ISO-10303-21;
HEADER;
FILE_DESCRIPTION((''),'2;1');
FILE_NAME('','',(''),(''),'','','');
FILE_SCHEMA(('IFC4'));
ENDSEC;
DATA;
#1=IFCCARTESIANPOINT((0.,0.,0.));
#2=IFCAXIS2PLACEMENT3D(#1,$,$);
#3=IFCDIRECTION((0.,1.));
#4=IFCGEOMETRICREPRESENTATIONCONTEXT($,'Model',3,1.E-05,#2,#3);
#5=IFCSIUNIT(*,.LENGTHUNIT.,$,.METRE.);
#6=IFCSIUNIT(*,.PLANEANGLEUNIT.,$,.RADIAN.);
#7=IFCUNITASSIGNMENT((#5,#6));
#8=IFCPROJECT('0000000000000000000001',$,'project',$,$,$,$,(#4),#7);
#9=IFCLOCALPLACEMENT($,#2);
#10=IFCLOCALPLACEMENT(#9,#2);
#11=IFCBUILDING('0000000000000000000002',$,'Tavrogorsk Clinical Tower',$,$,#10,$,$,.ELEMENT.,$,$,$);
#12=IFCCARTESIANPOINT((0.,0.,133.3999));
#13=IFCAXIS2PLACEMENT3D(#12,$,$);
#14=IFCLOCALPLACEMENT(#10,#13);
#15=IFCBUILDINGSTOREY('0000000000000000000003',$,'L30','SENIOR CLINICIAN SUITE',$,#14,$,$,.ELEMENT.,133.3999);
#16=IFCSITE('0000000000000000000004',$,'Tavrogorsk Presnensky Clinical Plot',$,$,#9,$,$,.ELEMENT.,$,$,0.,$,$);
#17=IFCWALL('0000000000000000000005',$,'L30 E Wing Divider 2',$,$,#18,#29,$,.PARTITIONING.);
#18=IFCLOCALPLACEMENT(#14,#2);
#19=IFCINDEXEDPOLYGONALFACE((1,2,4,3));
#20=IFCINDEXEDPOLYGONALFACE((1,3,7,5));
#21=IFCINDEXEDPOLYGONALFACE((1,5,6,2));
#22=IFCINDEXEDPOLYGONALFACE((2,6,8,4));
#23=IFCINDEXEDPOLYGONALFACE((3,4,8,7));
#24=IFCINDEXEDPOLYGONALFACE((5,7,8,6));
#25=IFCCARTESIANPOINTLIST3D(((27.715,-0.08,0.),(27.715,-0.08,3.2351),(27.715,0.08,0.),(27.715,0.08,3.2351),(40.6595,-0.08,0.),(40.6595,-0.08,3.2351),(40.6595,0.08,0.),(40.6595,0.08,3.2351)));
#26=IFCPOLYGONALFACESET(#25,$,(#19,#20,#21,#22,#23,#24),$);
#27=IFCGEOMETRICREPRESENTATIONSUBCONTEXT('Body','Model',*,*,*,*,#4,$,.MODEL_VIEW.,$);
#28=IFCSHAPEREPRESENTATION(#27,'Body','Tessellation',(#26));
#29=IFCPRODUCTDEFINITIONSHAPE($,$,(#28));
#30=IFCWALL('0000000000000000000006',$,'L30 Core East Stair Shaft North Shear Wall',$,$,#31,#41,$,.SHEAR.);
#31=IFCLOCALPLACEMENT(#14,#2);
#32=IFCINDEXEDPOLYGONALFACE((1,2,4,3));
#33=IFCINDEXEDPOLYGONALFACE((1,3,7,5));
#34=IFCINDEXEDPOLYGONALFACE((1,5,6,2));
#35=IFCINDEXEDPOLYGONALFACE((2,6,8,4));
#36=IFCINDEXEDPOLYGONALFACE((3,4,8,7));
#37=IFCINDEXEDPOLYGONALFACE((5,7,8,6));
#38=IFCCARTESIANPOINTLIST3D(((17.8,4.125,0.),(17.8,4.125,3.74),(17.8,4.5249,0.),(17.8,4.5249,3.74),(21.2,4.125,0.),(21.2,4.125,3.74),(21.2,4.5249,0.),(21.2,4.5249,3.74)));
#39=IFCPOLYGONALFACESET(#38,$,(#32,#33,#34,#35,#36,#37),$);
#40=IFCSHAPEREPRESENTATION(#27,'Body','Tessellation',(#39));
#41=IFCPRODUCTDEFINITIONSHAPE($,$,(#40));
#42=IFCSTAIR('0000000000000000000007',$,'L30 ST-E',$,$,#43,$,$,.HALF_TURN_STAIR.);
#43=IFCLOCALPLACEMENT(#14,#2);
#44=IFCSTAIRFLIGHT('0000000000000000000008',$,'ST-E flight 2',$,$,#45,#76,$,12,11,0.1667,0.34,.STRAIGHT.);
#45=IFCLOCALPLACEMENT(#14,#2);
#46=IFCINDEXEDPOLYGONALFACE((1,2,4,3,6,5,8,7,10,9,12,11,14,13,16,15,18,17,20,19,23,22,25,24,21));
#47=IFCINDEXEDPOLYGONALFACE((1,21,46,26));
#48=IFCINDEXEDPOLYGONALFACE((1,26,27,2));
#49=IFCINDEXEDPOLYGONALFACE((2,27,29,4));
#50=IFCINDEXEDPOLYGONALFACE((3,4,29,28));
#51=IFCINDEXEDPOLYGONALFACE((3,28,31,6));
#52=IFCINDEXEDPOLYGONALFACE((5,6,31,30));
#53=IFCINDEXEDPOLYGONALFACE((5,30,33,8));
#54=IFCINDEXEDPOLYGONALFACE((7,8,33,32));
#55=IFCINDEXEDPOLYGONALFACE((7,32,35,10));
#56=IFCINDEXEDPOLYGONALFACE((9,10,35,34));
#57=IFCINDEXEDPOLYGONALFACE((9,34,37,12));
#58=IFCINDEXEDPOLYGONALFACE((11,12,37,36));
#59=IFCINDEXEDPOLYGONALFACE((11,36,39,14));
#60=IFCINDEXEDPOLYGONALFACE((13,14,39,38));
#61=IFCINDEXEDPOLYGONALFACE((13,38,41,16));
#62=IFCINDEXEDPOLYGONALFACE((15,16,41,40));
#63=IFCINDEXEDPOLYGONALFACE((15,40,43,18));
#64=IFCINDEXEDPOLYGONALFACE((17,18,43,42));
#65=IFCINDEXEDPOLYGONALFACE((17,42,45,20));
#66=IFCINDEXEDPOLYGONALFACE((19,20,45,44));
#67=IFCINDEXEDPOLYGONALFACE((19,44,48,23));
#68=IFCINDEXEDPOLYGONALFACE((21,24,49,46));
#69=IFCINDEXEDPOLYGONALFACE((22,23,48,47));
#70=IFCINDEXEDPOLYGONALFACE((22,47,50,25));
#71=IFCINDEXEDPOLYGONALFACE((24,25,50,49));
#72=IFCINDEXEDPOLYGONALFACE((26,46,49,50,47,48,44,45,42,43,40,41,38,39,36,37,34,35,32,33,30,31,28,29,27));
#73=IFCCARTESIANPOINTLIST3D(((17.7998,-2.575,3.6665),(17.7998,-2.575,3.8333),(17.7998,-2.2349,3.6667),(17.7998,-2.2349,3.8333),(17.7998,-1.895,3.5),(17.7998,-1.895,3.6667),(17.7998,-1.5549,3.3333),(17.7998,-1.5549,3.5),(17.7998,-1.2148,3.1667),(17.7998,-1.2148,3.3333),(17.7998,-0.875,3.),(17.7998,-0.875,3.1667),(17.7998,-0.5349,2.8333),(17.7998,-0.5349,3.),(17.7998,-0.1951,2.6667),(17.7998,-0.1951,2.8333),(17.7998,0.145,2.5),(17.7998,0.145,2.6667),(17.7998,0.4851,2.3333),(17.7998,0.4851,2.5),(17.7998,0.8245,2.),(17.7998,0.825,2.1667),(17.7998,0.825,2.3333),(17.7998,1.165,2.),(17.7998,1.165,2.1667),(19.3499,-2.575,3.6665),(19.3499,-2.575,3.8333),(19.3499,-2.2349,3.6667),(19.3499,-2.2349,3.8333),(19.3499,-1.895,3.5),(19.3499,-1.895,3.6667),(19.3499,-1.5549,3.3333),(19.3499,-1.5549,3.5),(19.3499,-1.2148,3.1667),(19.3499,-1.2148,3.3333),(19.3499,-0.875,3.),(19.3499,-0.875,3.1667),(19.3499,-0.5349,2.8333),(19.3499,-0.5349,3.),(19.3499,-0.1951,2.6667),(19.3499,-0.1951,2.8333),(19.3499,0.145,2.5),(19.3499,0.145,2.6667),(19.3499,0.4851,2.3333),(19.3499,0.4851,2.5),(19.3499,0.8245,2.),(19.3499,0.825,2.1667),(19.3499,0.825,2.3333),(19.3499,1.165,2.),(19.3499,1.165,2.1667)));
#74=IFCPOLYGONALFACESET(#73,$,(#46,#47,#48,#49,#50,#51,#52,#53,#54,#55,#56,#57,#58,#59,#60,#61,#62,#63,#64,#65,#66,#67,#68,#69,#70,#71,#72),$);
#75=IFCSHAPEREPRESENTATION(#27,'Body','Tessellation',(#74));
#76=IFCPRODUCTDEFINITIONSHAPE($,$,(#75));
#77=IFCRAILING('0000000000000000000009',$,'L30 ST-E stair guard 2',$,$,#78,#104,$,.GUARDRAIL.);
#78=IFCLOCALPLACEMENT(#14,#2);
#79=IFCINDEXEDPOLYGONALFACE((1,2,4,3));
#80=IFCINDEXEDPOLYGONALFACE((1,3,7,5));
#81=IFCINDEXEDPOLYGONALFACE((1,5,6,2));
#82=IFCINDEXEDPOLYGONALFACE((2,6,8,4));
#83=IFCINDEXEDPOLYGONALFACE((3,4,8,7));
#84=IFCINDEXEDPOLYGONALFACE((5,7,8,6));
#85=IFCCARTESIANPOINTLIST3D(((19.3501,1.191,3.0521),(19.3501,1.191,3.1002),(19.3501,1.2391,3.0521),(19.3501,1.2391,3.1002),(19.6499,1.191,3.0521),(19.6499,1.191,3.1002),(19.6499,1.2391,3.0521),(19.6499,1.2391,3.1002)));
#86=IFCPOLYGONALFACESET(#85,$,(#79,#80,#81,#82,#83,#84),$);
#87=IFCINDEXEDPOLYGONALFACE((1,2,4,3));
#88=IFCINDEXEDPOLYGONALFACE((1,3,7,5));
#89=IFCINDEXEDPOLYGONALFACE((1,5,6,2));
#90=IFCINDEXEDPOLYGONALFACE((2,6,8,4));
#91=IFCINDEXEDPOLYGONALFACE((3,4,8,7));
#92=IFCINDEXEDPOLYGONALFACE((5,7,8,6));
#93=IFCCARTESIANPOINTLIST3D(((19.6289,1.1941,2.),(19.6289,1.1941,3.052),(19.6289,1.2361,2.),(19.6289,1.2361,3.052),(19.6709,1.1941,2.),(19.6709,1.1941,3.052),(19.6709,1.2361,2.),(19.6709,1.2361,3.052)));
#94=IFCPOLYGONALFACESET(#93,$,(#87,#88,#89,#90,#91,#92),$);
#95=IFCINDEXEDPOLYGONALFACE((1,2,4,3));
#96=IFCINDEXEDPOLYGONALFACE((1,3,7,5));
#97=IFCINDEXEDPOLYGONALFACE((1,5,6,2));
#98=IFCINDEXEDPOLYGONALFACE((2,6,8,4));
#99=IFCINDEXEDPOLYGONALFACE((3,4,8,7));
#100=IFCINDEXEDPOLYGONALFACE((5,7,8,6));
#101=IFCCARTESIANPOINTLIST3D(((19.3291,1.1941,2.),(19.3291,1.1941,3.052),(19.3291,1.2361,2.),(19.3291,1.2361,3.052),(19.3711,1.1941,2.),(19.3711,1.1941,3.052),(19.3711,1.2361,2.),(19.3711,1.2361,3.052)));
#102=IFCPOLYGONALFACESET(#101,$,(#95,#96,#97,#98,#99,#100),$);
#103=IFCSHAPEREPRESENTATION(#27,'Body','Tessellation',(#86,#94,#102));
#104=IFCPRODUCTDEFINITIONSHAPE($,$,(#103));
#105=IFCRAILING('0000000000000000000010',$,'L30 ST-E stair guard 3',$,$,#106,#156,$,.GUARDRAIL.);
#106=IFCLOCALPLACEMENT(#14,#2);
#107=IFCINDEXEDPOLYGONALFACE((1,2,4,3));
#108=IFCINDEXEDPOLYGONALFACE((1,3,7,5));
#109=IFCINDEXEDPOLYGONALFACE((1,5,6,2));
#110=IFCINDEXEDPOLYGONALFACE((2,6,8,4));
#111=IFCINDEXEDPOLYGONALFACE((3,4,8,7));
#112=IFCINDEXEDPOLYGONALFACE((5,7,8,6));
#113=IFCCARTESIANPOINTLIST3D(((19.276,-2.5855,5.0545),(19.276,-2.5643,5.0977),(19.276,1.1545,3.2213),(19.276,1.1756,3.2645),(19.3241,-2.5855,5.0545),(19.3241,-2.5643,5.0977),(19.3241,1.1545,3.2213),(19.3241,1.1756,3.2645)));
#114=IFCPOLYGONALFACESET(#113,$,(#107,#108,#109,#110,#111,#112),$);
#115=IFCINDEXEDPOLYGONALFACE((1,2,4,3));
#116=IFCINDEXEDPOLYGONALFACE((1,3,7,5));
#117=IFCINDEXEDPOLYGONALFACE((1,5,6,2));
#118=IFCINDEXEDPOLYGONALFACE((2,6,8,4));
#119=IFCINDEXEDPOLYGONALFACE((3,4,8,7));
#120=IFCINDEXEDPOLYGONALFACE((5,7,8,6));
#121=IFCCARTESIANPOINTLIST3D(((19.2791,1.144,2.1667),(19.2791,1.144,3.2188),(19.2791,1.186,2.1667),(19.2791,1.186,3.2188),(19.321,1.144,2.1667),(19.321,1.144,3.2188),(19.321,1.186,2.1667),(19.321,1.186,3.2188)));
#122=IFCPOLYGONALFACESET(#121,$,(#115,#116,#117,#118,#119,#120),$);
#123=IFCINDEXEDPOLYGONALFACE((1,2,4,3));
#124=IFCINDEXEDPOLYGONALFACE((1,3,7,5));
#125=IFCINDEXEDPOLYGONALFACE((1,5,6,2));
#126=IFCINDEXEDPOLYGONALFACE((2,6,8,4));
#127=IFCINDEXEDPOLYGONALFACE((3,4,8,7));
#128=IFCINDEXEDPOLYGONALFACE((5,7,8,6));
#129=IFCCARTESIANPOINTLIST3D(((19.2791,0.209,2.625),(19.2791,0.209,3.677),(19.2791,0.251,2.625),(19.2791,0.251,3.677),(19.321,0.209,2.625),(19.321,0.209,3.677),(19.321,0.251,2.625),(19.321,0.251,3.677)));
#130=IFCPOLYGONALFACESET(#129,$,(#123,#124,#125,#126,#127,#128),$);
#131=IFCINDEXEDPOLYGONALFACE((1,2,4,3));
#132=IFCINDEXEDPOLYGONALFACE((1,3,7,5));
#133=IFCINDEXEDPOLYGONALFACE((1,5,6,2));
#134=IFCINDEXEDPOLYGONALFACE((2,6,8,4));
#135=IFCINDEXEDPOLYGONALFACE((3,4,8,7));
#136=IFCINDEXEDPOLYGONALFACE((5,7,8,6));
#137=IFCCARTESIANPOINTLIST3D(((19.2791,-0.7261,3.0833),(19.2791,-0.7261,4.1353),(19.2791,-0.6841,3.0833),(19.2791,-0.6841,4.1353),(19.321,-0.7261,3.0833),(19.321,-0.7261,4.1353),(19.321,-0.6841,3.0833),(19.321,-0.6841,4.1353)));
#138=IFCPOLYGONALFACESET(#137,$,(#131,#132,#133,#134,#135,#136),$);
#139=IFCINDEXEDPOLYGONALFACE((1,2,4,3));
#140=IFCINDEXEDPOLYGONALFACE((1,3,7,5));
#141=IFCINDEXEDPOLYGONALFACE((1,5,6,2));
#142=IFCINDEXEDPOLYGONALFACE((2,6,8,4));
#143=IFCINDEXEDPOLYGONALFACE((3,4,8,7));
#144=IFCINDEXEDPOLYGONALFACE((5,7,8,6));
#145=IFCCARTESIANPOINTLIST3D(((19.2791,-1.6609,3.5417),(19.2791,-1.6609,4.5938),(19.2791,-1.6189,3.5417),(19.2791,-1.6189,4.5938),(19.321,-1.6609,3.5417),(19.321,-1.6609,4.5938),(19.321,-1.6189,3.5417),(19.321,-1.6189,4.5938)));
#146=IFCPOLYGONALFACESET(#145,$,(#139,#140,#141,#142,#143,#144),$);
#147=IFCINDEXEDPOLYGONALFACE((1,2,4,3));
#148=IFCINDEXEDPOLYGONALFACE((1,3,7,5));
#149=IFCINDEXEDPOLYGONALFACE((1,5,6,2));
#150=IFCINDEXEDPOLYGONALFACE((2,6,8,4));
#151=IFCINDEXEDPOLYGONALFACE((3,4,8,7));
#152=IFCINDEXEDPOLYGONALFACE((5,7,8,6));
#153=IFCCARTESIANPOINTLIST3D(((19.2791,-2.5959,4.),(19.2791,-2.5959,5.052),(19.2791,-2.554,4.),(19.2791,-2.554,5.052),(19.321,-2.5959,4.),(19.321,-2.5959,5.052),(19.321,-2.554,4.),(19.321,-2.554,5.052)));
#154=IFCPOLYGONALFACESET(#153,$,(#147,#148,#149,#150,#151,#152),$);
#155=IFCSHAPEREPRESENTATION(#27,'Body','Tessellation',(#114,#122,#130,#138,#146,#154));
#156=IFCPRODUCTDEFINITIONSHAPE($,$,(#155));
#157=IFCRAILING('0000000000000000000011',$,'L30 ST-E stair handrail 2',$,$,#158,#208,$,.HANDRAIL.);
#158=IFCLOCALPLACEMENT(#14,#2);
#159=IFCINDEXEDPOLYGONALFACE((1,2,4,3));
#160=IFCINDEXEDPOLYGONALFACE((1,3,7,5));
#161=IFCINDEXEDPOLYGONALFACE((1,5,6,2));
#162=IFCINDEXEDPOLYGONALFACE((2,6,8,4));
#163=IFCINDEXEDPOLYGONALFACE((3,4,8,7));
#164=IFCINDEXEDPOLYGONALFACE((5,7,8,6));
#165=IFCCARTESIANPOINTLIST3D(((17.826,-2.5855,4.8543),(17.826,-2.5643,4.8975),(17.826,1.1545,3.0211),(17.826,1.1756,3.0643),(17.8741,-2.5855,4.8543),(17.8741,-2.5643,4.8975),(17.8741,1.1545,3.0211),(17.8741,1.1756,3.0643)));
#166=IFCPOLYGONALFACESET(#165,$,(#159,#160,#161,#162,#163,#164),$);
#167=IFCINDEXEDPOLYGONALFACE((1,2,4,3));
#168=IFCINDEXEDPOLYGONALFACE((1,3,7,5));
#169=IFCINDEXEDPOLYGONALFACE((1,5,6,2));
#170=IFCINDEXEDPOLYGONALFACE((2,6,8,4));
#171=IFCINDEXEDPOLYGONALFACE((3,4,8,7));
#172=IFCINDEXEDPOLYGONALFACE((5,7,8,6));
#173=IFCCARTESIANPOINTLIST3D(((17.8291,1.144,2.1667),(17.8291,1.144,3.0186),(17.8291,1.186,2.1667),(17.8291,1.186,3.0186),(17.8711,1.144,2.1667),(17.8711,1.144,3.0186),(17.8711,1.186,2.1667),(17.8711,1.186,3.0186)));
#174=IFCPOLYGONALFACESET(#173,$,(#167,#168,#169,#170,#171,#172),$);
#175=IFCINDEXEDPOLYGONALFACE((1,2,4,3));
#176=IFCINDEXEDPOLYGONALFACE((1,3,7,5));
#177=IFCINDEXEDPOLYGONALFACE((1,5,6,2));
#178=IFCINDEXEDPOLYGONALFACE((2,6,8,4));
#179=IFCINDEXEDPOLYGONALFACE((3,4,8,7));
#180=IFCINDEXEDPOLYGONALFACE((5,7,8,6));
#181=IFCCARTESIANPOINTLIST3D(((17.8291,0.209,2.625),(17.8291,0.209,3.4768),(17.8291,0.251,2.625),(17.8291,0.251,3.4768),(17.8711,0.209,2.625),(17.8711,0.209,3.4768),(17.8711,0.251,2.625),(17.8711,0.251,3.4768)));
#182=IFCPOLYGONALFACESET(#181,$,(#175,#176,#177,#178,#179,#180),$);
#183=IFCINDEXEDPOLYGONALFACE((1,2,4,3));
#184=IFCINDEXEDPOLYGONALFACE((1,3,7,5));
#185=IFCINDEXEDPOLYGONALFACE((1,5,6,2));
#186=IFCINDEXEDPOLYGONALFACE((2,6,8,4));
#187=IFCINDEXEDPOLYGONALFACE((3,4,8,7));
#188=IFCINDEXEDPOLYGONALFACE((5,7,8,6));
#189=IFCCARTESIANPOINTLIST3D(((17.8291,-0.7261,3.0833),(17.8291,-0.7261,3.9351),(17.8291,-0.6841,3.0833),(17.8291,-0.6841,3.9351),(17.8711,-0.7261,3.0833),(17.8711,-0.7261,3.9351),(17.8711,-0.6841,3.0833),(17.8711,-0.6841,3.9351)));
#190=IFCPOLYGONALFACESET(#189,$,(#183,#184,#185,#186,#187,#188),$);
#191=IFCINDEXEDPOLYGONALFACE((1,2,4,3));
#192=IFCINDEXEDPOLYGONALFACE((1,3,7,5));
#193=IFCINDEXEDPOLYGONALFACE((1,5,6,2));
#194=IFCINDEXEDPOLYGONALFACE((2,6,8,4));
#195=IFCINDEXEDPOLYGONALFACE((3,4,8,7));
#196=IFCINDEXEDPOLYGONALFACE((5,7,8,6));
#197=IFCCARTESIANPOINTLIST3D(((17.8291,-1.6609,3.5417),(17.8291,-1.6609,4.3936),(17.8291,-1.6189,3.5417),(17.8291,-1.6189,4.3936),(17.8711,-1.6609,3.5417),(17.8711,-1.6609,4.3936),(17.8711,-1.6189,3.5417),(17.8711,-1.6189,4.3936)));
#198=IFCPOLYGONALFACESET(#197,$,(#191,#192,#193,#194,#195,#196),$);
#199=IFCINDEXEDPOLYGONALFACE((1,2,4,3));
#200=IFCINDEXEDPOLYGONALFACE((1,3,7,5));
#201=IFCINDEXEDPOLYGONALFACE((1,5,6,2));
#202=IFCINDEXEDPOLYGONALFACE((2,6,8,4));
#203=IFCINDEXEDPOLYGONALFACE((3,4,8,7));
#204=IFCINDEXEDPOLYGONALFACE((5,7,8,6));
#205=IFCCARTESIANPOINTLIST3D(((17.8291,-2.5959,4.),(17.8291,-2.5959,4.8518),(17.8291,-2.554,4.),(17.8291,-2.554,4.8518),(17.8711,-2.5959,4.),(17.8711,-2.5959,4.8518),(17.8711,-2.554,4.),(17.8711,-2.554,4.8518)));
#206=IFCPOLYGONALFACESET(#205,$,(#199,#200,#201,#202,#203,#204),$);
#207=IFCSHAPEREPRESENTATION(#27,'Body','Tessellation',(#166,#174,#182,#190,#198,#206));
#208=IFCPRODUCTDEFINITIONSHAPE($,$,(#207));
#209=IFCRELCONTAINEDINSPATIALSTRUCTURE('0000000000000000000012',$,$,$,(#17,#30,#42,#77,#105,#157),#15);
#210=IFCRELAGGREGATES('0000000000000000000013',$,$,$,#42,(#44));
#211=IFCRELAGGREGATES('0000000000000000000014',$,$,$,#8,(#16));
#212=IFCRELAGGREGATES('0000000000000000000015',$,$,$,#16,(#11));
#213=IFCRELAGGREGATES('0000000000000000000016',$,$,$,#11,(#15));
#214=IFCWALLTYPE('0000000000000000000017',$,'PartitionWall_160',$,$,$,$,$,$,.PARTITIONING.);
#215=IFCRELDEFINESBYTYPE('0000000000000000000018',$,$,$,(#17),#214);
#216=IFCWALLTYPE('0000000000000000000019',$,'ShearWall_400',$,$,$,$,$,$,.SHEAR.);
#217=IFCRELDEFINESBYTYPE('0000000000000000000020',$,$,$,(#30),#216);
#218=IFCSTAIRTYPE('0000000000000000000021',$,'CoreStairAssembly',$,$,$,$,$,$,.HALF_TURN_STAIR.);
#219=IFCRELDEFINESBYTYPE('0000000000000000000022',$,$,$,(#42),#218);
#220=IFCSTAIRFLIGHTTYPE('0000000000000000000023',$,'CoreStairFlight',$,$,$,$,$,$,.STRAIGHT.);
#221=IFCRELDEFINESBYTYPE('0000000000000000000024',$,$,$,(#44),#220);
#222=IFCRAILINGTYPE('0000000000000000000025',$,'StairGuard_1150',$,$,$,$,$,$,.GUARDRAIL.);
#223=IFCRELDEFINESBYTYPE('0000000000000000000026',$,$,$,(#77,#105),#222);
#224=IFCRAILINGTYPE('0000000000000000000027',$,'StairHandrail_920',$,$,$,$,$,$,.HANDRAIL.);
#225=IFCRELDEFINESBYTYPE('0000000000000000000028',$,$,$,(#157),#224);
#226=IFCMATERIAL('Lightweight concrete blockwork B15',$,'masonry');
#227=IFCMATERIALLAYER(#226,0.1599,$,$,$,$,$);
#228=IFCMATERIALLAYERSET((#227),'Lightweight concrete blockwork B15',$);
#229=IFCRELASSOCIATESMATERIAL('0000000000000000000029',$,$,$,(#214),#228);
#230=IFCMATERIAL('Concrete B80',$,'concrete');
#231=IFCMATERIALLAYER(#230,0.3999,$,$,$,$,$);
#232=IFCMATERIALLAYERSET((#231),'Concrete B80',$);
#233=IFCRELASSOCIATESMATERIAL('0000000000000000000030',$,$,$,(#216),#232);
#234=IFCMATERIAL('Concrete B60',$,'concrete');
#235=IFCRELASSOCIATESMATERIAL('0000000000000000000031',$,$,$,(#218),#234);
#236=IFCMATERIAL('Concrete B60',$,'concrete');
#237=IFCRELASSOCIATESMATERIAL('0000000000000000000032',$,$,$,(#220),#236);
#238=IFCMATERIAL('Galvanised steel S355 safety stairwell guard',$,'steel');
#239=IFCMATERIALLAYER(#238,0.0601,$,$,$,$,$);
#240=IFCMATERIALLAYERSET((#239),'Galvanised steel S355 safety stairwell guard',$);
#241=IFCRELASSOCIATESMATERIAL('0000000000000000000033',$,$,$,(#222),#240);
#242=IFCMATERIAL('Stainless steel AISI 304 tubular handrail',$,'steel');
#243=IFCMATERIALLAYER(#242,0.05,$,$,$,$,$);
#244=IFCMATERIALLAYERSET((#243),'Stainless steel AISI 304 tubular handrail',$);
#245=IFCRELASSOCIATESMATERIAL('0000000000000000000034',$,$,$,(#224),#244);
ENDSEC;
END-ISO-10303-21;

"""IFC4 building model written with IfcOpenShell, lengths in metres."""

from ifc_helpers import new_model, si_unit, direction, frame, frame_2d, origin, origin_2d, place, context, subcontext, project, spatial, polyline, rectangle, outline, extrude, material, layer, layer_set, type_object, element, aggregate, save


model = new_model("IFC4")

# Units and contexts
model_context = context("Model", 3, precision=1e-05, world=origin(), true_north=direction((0.0, 1.0)))
body_context = subcontext(model_context, "Body", "Model", "MODEL_VIEW")
ifc_project = project(units=[si_unit("LENGTHUNIT", "METRE"), si_unit("PLANEANGLEUNIT", "RADIAN")], contexts=[model_context])

# Site, building, storey
site_placement = place(None, origin())
site = spatial("IfcSite", under=ifc_project, at=site_placement, Name="Tavrogorsk Presnensky Clinical Plot", CompositionType="ELEMENT", RefElevation=0.0)
building_placement = place(site_placement, origin())
building = spatial("IfcBuilding", under=site, at=building_placement, Name="Tavrogorsk Clinical Tower", CompositionType="ELEMENT")
storey_placement = place(building_placement, frame((0.0, 0.0, 133.3999)))
storey = spatial("IfcBuildingStorey", under=building, at=storey_placement, Name="L30", Description="SENIOR CLINICIAN SUITE", CompositionType="ELEMENT", Elevation=133.3999)

# Shared definitions
ifc_material_1 = material(Name="Lightweight concrete blockwork B15", Category="masonry")
ifc_layer_1 = layer(ifc_material_1, 0.1599)
ifc_layer_set_1 = layer_set([ifc_layer_1], Name="Lightweight concrete blockwork B15")
wall_type_1 = type_object("IfcWallType", Name="PartitionWall_160", PredefinedType="PARTITIONING", material=ifc_layer_set_1)

# Walls
wall_1_placement = place(storey_placement, frame((27.7151, 0.0, 0.0), z_axis=(0.0, 0.0, 1.0), x_axis=(1.0, 0.0, 0.0)))
element("IfcWall", 1, at=wall_1_placement, inside=storey, type_object=wall_type_1, Name="L30 E Wing Divider 2", PredefinedType="PARTITIONING", context=body_context, shape_type="SweptSolid", body=[
    extrude(rectangle(XDim=12.9446, YDim=0.1599, at=frame_2d((6.4722, 0.0))), origin(), (0.0, 0.0, 1.0), 3.2351),
])
ifc_material_2 = material(Name="Concrete B80", Category="concrete")
ifc_layer_2 = layer(ifc_material_2, 0.3999)
ifc_layer_set_2 = layer_set([ifc_layer_2], Name="Concrete B80")
wall_type_2 = type_object("IfcWallType", Name="ShearWall_400", PredefinedType="SHEAR", material=ifc_layer_set_2)
wall_2_placement = place(storey_placement, frame((17.8, 4.325, 0.0), z_axis=(0.0, 0.0, 1.0), x_axis=(1.0, 0.0, 0.0)))
element("IfcWall", 2, at=wall_2_placement, inside=storey, type_object=wall_type_2, Name="L30 Core East Stair Shaft North Shear Wall", PredefinedType="SHEAR", context=body_context, shape_type="SweptSolid", body=[
    extrude(rectangle(XDim=3.3999, YDim=0.3999, at=frame_2d((1.7, 0.0))), origin(), (0.0, 0.0, 1.0), 3.74),
])

# Stair, stair flight
ifc_material_3 = material(Name="Concrete B60", Category="concrete")
stair_type = type_object("IfcStairType", Name="CoreStairAssembly", PredefinedType="HALF_TURN_STAIR", material=ifc_material_3)
stair_placement = place(storey_placement, origin())
stair = element("IfcStair", 3, at=stair_placement, inside=storey, type_object=stair_type, Name="L30 ST-E", PredefinedType="HALF_TURN_STAIR")
ifc_material_4 = material(Name="Concrete B60", Category="concrete")
stair_flight_type = type_object("IfcStairFlightType", Name="CoreStairFlight", PredefinedType="STRAIGHT", material=ifc_material_4)
stair_flight_placement = place(storey_placement, frame((18.575, 1.165, 2.0), z_axis=(0.0, 0.0, 1.0), x_axis=(0.0, -1.0, 0.0)))
stair_flight = element("IfcStairFlight", 4, at=stair_flight_placement, type_object=stair_flight_type, Name="ST-E flight 2", NumberOfRisers=12, NumberOfTreads=11, PredefinedType="STRAIGHT", RiserHeight=0.1667, TreadLength=0.34, context=body_context, shape_type="SweptSolid", body=[
    extrude(outline(polyline([(0.0, 0.0), (0.0, 0.1667), (0.3401, 0.1667), (0.3401, 0.3333), (0.6799, 0.3333), (0.6799, 0.5), (1.02, 0.5), (1.02, 0.6667), (1.3601, 0.6667), (1.3601, 0.8333), (1.7, 0.8333), (1.7, 1.0), (2.04, 1.0), (2.04, 1.1667), (2.3799, 1.1667), (2.3799, 1.3333), (2.72, 1.3333), (2.72, 1.5), (3.0601, 1.5), (3.0601, 1.6667), (3.3999, 1.6667), (3.3999, 1.8333), (3.74, 1.8333), (3.74, 2.0), (3.74, 1.6665), (0.3406, 0.0), (0.0, 0.0)])), frame((0.0, 0.7749, 0.0), z_axis=(0.0, -1.0, 0.0), x_axis=(1.0, 0.0, 0.0)), (0.0, 0.0, 1.0), 1.55),
])
aggregate(stair, [stair_flight])

# Railings
ifc_material_5 = material(Name="Galvanised steel S355 safety stairwell guard", Category="steel")
ifc_layer_3 = layer(ifc_material_5, 0.0601)
ifc_layer_set_3 = layer_set([ifc_layer_3], Name="Galvanised steel S355 safety stairwell guard")
railing_type_1 = type_object("IfcRailingType", Name="StairGuard_1150", PredefinedType="GUARDRAIL", material=ifc_layer_set_3)
railing_1_placement = place(storey_placement, frame((19.6499, 1.2151, 2.0)))
element("IfcRailing", 5, at=railing_1_placement, inside=storey, type_object=railing_type_1, Name="L30 ST-E stair guard 2", PredefinedType="GUARDRAIL", context=body_context, shape_type="SweptSolid", body=[
    extrude(rectangle(XDim=0.0481, YDim=0.0481, at=origin_2d()), frame((0.0, 0.0, 1.0762), z_axis=(-1.0, 0.0, 0.0), x_axis=(0.0, -1.0, 0.0)), (0.0, 0.0, 1.0), 0.2998),
    extrude(rectangle(XDim=0.042, YDim=0.042, at=origin_2d()), origin(), (0.0, 0.0, 1.0), 1.052),
    extrude(rectangle(XDim=0.042, YDim=0.042, at=origin_2d()), frame((-0.2998, 0.0, 0.0)), (0.0, 0.0, 1.0), 1.052),
])
railing_2_placement = place(storey_placement, frame((19.3, 1.165, 2.1667)))
element("IfcRailing", 6, at=railing_2_placement, inside=storey, type_object=railing_type_1, Name="L30 ST-E stair guard 3", PredefinedType="GUARDRAIL", context=body_context, shape_type="SweptSolid", body=[
    extrude(rectangle(XDim=0.0481, YDim=0.0481, at=origin_2d()), frame((0.0, 0.0, 1.0762), z_axis=(0.0, -0.897928, 0.440142), x_axis=(1.0, 0.0, 0.0)), (0.0, 0.0, 1.0), 4.165),
    extrude(rectangle(XDim=0.042, YDim=0.042, at=origin_2d()), origin(), (0.0, 0.0, 1.0), 1.052),
    extrude(rectangle(XDim=0.042, YDim=0.042, at=origin_2d()), frame((0.0, -0.9351, 0.4583)), (0.0, 0.0, 1.0), 1.052),
    extrude(rectangle(XDim=0.042, YDim=0.042, at=origin_2d()), frame((0.0, -1.8701, 0.9165)), (0.0, 0.0, 1.0), 1.052),
    extrude(rectangle(XDim=0.042, YDim=0.042, at=origin_2d()), frame((0.0, -2.8049, 1.375)), (0.0, 0.0, 1.0), 1.052),
    extrude(rectangle(XDim=0.042, YDim=0.042, at=origin_2d()), frame((0.0, -3.74, 1.8333)), (0.0, 0.0, 1.0), 1.052),
])
ifc_material_6 = material(Name="Stainless steel AISI 304 tubular handrail", Category="steel")
ifc_layer_4 = layer(ifc_material_6, 0.05)
ifc_layer_set_4 = layer_set([ifc_layer_4], Name="Stainless steel AISI 304 tubular handrail")
railing_type_2 = type_object("IfcRailingType", Name="StairHandrail_920", PredefinedType="HANDRAIL", material=ifc_layer_set_4)
railing_3_placement = place(storey_placement, frame((17.8501, 1.165, 2.1667)))
element("IfcRailing", 7, at=railing_3_placement, inside=storey, type_object=railing_type_2, Name="L30 ST-E stair handrail 2", PredefinedType="HANDRAIL", context=body_context, shape_type="SweptSolid", body=[
    extrude(rectangle(XDim=0.0481, YDim=0.0481, at=origin_2d()), frame((0.0, 0.0, 0.876), z_axis=(0.0, -0.897928, 0.440142), x_axis=(1.0, 0.0, 0.0)), (0.0, 0.0, 1.0), 4.165),
    extrude(rectangle(XDim=0.042, YDim=0.042, at=origin_2d()), origin(), (0.0, 0.0, 1.0), 0.8518),
    extrude(rectangle(XDim=0.042, YDim=0.042, at=origin_2d()), frame((0.0, -0.9351, 0.4583)), (0.0, 0.0, 1.0), 0.8518),
    extrude(rectangle(XDim=0.042, YDim=0.042, at=origin_2d()), frame((0.0, -1.8701, 0.9165)), (0.0, 0.0, 1.0), 0.8518),
    extrude(rectangle(XDim=0.042, YDim=0.042, at=origin_2d()), frame((0.0, -2.8049, 1.375)), (0.0, 0.0, 1.0), 0.8518),
    extrude(rectangle(XDim=0.042, YDim=0.042, at=origin_2d()), frame((0.0, -3.74, 1.8333)), (0.0, 0.0, 1.0), 0.8518),
])

save(model, "model.ifc")
